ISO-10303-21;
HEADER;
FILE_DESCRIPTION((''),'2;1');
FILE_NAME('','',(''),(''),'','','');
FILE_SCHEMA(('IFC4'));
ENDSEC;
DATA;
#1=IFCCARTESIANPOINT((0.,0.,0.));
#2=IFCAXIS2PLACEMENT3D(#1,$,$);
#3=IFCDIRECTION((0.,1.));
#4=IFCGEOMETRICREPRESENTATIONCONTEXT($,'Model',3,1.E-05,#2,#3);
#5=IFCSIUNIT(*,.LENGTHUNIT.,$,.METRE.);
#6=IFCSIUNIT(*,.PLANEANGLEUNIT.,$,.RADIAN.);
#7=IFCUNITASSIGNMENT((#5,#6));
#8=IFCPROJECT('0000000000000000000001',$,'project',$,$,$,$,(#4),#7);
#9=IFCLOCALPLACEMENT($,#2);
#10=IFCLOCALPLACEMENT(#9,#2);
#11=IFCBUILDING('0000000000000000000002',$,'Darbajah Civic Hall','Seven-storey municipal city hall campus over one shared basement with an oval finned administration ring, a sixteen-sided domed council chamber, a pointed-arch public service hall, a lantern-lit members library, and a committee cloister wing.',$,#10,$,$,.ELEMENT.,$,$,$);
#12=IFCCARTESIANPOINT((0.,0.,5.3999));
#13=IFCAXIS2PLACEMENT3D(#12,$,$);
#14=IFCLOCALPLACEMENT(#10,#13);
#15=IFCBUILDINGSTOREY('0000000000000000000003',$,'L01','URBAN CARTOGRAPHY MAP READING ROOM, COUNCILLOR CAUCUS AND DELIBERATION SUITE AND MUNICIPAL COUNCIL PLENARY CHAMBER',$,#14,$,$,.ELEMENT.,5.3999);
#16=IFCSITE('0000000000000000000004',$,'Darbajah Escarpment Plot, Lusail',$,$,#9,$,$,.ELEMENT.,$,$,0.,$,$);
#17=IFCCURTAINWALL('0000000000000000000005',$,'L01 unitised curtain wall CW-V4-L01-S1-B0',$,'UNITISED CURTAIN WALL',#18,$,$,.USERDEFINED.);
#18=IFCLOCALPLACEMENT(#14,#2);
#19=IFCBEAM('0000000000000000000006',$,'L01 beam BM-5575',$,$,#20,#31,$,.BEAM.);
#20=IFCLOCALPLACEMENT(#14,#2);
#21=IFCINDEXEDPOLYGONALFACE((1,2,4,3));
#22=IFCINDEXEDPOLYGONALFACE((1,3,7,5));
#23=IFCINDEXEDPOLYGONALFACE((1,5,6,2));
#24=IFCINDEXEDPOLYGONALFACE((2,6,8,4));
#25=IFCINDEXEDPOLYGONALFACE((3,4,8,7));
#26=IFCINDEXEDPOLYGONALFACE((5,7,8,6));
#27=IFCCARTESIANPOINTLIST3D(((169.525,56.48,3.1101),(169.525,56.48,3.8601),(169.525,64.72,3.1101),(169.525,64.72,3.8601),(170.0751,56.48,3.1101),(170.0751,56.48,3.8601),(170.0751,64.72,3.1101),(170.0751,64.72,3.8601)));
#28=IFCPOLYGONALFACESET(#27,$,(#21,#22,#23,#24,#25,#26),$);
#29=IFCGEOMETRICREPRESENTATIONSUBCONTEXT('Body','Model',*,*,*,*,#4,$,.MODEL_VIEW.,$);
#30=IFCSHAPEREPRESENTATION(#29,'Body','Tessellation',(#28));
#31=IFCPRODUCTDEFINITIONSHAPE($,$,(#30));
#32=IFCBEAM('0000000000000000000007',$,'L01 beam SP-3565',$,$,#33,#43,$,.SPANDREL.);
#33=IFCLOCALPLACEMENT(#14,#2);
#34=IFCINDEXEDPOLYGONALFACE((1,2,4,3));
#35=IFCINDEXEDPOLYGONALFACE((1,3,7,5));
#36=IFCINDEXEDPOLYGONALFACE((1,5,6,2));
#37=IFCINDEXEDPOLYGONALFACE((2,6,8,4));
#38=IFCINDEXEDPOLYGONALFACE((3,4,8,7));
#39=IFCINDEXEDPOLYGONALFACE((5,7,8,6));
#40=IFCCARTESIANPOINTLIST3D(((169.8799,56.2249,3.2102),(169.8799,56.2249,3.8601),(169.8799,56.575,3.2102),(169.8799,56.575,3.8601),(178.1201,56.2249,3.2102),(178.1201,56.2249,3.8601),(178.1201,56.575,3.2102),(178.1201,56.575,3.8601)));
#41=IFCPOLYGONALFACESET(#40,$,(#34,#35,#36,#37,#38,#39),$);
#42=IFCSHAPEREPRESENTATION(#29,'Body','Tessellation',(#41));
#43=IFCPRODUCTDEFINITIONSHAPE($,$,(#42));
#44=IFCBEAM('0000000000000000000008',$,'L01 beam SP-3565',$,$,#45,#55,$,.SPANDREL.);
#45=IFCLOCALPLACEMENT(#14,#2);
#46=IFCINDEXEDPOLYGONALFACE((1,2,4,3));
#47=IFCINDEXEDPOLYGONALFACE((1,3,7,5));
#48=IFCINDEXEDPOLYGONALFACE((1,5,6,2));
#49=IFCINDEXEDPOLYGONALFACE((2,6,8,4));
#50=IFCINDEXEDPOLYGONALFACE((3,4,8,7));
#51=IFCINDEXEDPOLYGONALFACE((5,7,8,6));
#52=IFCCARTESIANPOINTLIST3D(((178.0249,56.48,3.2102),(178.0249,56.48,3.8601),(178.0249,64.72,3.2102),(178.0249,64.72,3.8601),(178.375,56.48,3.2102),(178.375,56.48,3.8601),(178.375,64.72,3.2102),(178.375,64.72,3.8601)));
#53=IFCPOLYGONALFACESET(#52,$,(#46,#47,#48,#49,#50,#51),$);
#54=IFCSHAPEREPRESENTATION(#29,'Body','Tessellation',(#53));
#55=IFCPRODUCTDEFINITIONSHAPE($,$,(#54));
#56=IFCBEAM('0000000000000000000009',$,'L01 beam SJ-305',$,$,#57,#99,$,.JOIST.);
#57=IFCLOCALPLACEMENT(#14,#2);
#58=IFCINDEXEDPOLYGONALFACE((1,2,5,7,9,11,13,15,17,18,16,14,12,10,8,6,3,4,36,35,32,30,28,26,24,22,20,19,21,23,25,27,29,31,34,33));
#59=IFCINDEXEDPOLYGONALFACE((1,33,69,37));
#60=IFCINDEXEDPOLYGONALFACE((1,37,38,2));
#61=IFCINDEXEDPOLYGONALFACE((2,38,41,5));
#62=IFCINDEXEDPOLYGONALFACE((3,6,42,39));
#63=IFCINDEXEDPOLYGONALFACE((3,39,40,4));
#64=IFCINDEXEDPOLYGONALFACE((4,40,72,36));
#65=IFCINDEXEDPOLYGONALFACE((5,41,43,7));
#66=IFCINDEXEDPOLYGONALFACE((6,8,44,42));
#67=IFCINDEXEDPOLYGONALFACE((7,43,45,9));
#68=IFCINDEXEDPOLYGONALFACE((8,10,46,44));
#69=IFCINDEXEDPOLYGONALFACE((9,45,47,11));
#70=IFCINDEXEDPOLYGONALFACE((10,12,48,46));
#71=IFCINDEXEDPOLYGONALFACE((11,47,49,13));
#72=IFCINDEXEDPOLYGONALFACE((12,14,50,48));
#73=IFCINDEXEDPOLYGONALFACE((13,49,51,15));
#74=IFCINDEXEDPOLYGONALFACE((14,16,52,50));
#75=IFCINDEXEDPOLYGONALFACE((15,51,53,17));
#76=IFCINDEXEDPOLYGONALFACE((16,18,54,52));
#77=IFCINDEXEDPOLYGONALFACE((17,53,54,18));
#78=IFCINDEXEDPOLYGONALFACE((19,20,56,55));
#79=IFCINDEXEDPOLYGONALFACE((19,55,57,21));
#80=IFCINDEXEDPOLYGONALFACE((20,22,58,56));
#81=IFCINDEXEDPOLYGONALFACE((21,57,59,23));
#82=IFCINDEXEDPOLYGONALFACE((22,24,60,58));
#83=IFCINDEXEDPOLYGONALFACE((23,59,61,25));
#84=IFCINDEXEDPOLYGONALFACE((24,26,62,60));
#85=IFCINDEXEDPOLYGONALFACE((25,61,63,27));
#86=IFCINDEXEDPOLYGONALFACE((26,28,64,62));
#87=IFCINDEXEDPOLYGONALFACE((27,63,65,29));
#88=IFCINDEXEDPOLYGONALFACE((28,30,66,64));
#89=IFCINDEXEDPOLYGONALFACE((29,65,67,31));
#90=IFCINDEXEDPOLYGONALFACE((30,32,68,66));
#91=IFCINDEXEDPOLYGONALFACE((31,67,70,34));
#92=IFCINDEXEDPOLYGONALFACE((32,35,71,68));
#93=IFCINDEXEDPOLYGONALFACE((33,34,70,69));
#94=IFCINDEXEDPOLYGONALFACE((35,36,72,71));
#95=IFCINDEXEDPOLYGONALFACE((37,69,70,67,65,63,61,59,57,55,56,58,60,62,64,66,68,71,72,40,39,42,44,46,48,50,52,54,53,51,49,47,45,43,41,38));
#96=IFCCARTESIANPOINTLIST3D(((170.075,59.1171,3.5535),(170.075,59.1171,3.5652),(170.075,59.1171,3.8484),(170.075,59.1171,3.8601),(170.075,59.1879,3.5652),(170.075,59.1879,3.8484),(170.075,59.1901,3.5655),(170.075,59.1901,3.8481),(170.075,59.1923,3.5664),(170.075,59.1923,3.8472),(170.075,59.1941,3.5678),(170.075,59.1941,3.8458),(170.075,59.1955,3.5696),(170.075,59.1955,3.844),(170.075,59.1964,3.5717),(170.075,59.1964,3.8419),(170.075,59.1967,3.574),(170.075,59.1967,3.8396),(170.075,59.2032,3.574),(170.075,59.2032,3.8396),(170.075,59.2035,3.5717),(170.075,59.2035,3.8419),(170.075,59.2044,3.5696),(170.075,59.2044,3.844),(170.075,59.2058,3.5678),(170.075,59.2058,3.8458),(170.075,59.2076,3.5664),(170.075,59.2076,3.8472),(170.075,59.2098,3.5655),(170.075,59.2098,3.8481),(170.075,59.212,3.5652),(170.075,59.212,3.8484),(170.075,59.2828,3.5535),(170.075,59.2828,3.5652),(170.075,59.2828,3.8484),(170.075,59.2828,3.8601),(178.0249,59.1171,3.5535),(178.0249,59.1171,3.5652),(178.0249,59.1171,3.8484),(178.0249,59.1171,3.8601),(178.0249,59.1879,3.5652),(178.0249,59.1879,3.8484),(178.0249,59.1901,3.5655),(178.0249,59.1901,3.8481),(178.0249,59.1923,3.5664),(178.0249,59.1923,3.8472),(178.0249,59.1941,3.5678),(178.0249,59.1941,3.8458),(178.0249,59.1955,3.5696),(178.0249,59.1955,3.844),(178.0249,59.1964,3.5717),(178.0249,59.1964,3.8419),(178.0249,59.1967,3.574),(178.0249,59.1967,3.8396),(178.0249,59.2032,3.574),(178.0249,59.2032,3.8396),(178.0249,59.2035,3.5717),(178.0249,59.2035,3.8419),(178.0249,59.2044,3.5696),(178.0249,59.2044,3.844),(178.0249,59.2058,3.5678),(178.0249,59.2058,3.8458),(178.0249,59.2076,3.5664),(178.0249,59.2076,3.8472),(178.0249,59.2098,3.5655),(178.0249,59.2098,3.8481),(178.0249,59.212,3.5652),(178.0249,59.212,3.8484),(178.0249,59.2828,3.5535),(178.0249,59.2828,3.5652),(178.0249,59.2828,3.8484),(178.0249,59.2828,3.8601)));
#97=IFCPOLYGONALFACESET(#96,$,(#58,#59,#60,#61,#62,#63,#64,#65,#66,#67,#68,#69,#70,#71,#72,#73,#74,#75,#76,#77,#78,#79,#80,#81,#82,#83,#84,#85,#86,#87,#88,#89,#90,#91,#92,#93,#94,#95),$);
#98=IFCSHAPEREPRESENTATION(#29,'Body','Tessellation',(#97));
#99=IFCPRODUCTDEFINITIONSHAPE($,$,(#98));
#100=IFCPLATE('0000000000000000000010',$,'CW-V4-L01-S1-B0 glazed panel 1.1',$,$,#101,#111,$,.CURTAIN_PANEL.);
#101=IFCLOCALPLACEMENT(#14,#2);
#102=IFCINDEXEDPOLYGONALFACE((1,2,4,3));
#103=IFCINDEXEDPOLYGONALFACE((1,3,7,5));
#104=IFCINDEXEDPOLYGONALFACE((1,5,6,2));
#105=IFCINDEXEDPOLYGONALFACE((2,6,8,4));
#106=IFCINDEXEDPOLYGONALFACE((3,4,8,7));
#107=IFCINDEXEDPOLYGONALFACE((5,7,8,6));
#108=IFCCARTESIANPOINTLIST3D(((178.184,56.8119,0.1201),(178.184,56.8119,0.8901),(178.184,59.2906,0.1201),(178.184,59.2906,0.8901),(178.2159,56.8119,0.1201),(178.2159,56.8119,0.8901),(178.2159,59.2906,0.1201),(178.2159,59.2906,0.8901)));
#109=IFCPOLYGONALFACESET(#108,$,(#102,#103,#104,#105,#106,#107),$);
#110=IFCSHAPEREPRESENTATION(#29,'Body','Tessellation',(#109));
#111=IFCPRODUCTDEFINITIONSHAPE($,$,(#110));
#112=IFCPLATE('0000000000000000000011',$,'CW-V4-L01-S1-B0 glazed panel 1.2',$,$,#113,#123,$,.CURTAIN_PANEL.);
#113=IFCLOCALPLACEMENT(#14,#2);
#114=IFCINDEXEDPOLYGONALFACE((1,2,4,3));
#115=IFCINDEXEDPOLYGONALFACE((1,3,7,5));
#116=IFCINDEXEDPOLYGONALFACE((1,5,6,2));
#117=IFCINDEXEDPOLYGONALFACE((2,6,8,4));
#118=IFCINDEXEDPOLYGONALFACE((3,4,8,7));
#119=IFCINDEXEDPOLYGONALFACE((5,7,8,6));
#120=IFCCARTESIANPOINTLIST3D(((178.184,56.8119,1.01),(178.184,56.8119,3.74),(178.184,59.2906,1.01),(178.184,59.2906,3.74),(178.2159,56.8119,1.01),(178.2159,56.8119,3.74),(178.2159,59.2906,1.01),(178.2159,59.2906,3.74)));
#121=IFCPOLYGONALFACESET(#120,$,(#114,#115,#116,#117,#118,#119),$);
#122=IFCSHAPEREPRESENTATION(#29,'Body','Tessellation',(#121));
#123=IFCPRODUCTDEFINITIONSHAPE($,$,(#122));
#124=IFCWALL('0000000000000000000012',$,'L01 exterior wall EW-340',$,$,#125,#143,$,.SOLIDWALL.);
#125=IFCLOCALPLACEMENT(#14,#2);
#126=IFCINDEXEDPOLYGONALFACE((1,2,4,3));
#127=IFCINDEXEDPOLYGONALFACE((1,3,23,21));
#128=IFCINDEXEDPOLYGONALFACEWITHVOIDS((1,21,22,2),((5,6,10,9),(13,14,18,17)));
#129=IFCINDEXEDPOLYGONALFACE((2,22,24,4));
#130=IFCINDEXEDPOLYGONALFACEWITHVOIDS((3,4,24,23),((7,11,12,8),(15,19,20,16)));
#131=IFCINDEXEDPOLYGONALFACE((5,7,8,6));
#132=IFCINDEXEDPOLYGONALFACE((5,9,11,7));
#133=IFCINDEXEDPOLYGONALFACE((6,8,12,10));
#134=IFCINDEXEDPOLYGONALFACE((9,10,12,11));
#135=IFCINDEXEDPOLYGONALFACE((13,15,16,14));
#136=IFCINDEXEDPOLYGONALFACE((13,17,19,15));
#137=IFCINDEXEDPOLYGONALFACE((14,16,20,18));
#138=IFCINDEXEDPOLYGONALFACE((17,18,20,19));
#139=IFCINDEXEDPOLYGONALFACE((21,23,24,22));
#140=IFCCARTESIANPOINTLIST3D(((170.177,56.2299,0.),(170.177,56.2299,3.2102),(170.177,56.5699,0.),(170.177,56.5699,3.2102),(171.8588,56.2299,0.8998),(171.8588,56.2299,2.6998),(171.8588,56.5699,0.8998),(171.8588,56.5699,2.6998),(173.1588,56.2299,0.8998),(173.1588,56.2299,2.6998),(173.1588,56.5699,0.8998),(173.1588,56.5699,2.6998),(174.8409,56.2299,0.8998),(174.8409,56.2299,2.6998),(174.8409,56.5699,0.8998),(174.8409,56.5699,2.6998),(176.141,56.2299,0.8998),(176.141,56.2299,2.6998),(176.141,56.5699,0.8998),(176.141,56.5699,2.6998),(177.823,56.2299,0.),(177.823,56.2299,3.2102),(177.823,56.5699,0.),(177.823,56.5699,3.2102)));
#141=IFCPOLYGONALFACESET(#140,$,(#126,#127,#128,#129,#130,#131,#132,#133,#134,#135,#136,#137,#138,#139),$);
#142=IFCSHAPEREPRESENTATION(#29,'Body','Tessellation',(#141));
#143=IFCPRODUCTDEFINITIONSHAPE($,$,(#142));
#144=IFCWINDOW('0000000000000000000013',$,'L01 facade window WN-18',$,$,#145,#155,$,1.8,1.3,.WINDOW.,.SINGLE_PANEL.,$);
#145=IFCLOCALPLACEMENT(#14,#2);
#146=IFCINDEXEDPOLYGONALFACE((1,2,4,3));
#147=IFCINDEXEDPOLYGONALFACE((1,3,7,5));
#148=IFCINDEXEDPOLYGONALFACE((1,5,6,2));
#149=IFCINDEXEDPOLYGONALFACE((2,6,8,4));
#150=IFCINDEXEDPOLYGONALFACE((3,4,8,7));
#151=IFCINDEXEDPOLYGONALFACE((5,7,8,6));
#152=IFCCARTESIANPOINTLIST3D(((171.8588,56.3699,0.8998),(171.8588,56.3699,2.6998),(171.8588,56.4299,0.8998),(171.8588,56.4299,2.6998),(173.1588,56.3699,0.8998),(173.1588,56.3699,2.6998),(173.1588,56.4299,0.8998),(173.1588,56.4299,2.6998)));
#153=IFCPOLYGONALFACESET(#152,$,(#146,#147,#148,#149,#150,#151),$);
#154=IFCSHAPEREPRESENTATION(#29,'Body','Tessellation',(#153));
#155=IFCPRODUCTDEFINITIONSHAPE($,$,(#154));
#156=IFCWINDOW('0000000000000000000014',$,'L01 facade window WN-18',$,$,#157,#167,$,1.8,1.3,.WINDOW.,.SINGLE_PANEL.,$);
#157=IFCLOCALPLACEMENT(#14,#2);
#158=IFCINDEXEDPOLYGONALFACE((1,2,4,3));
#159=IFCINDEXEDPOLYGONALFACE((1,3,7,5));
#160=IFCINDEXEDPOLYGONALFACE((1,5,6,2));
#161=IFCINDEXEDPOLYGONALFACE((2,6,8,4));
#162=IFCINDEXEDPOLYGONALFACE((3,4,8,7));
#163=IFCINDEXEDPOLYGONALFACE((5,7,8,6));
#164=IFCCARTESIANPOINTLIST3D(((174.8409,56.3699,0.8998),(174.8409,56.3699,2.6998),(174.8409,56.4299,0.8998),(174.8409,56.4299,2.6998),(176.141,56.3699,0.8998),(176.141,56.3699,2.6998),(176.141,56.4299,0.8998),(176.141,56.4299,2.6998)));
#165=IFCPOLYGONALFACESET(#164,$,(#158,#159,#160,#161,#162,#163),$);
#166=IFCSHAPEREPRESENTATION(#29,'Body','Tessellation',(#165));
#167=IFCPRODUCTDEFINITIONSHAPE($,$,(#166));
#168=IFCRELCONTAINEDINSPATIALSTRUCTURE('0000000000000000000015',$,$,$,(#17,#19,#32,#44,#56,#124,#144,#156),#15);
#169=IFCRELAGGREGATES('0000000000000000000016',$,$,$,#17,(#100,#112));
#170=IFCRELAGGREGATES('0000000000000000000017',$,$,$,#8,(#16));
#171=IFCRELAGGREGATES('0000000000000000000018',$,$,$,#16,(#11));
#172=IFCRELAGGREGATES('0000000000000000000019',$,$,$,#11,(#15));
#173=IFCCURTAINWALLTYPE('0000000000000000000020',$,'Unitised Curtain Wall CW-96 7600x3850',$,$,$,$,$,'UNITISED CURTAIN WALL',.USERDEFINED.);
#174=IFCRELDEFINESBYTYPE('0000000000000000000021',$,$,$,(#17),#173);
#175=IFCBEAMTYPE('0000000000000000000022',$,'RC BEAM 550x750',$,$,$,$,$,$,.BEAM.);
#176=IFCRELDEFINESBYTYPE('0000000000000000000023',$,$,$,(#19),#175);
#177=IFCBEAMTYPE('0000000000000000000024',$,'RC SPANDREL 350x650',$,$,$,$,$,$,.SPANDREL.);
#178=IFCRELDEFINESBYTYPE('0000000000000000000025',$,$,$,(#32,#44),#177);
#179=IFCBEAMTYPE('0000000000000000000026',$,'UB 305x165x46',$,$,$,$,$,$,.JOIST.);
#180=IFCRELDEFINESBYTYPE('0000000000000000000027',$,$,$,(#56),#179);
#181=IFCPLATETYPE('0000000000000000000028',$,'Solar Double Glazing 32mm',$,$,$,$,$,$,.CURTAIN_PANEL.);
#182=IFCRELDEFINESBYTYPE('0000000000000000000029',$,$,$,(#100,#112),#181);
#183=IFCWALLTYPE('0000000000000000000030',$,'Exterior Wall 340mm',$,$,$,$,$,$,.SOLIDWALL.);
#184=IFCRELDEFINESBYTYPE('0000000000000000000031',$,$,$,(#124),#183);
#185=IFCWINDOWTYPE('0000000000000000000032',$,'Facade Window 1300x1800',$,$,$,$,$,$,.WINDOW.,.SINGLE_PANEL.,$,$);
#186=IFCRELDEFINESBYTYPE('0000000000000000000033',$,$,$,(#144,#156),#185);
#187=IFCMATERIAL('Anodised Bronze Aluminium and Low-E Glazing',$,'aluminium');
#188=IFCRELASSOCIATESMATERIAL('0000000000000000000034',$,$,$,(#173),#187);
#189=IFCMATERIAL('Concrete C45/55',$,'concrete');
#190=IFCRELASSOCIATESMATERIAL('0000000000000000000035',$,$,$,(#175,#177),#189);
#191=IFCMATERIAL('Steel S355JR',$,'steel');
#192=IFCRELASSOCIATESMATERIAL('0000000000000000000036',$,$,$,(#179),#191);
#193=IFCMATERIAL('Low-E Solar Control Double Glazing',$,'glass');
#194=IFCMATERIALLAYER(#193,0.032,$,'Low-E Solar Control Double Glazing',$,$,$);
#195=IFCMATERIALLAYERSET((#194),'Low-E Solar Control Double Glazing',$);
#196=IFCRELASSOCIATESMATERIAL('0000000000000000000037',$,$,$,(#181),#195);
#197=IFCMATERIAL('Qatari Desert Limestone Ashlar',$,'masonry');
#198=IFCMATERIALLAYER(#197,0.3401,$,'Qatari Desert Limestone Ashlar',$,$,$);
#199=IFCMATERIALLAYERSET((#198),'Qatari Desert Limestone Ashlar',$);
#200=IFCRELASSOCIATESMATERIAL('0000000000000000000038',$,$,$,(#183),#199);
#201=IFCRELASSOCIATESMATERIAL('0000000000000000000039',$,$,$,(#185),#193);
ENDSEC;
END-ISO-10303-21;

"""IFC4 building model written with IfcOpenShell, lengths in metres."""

from ifc_helpers import new_model, si_unit, direction, frame, frame_2d, origin, origin_2d, place, context, subcontext, project, spatial, rectangle, i_section, extrude, material, layer, layer_set, material_profile, profile_set, type_object, element, fill, aggregate, save


model = new_model("IFC4")

# Units and contexts
model_context = context("Model", 3, precision=1e-05, world=origin(), true_north=direction((0.0, 1.0)))
body_context = subcontext(model_context, "Body", "Model", "MODEL_VIEW")
ifc_project = project(units=[si_unit("LENGTHUNIT", "METRE"), si_unit("PLANEANGLEUNIT", "RADIAN")], contexts=[model_context])

# Site, building, storey
site_placement = place(None, origin())
site = spatial("IfcSite", under=ifc_project, at=site_placement, Name="Darbajah Escarpment Plot, Lusail", CompositionType="ELEMENT", RefElevation=0.0)
building_placement = place(site_placement, origin())
building = spatial("IfcBuilding", under=site, at=building_placement, Name="Darbajah Civic Hall", Description="Seven-storey municipal city hall campus over one shared basement with an oval finned administration ring, a sixteen-sided domed council chamber, a pointed-arch public service hall, a lantern-lit members library, and a committee cloister wing.", CompositionType="ELEMENT")
storey_placement = place(building_placement, frame((0.0, 0.0, 5.3999)))
storey = spatial("IfcBuildingStorey", under=building, at=storey_placement, Name="L01", Description="URBAN CARTOGRAPHY MAP READING ROOM, COUNCILLOR CAUCUS AND DELIBERATION SUITE AND MUNICIPAL COUNCIL PLENARY CHAMBER", CompositionType="ELEMENT", Elevation=5.3999)

# Shared definitions
ifc_material_1 = material(Name="Concrete C45/55", Category="concrete")

# Curtain wall
ifc_material_2 = material(Name="Anodised Bronze Aluminium and Low-E Glazing", Category="aluminium")
curtain_wall_type = type_object("IfcCurtainWallType", Name="Unitised Curtain Wall CW-96 7600x3850", ElementType="UNITISED CURTAIN WALL", PredefinedType="USERDEFINED", material=ifc_material_2)
curtain_wall_placement = place(storey_placement, origin())
curtain_wall = element("IfcCurtainWall", 1, at=curtain_wall_placement, inside=storey, type_object=curtain_wall_type, Name="L01 unitised curtain wall CW-V4-L01-S1-B0", ObjectType="UNITISED CURTAIN WALL", PredefinedType="USERDEFINED")

# Beams
ifc_material_profile_1 = material_profile(ifc_material_1, rectangle(XDim=0.55, YDim=0.75, at=origin_2d()), Name="RC BEAM 550x750")
ifc_profile_set_1 = profile_set([ifc_material_profile_1], Name="Concrete C45/55")
beam_type_1 = type_object("IfcBeamType", Name="RC BEAM 550x750", PredefinedType="BEAM", material=ifc_profile_set_1)
beam_1_placement = place(storey_placement, frame((169.8, 56.48, 3.4851), z_axis=(0.0, 1.0, 0.0), x_axis=(-1.0, 0.0, 0.0)))
element("IfcBeam", 2, at=beam_1_placement, inside=storey, type_object=beam_type_1, Name="L01 beam BM-5575", PredefinedType="BEAM", context=body_context, shape_type="SweptSolid", body=[
    extrude(rectangle(XDim=0.55, YDim=0.75, at=origin_2d()), origin(), (0.0, 0.0, 1.0), 8.24),
])
ifc_material_profile_2 = material_profile(ifc_material_1, rectangle(XDim=0.3501, YDim=0.6499, at=origin_2d()), Name="RC SPANDREL 350x650")
ifc_profile_set_2 = profile_set([ifc_material_profile_2], Name="Concrete C45/55")
beam_type_2 = type_object("IfcBeamType", Name="RC SPANDREL 350x650", PredefinedType="SPANDREL", material=ifc_profile_set_2)
beam_2_placement = place(storey_placement, frame((169.8799, 56.3999, 3.5352), z_axis=(1.0, 0.0, 0.0), x_axis=(0.0, 1.0, 0.0)))
element("IfcBeam", 3, at=beam_2_placement, inside=storey, type_object=beam_type_2, Name="L01 beam SP-3565", PredefinedType="SPANDREL", context=body_context, shape_type="SweptSolid", body=[
    extrude(rectangle(XDim=0.3501, YDim=0.6499, at=origin_2d()), origin(), (0.0, 0.0, 1.0), 8.2402),
])
beam_3_placement = place(storey_placement, frame((178.2, 56.48, 3.5352), z_axis=(0.0, 1.0, 0.0), x_axis=(-1.0, 0.0, 0.0)))
element("IfcBeam", 4, at=beam_3_placement, inside=storey, type_object=beam_type_2, Name="L01 beam SP-3565", PredefinedType="SPANDREL", context=body_context, shape_type="SweptSolid", body=[
    extrude(rectangle(XDim=0.3501, YDim=0.6499, at=origin_2d()), origin(), (0.0, 0.0, 1.0), 8.24),
])
ifc_material_3 = material(Name="Steel S355JR", Category="steel")
ifc_material_profile_3 = material_profile(ifc_material_3, i_section(OverallWidth=0.1658, OverallDepth=0.3066, WebThickness=0.0066, FlangeThickness=0.0117, FilletRadius=0.0088, at=origin_2d()), Name="UB 305x165x46")
ifc_profile_set_3 = profile_set([ifc_material_profile_3], Name="Steel S355JR")
beam_type_3 = type_object("IfcBeamType", Name="UB 305x165x46", PredefinedType="JOIST", material=ifc_profile_set_3)
beam_4_placement = place(storey_placement, frame((170.075, 59.2, 3.7068), z_axis=(1.0, 0.0, 0.0), x_axis=(0.0, 1.0, 0.0)))
element("IfcBeam", 5, at=beam_4_placement, inside=storey, type_object=beam_type_3, Name="L01 beam SJ-305", PredefinedType="JOIST", context=body_context, shape_type="SweptSolid", body=[
    extrude(i_section(OverallWidth=0.1658, OverallDepth=0.3066, WebThickness=0.0066, FlangeThickness=0.0117, FilletRadius=0.0088, at=origin_2d()), origin(), (0.0, 0.0, 1.0), 7.95),
])

# Plates
ifc_material_4 = material(Name="Low-E Solar Control Double Glazing", Category="glass")
ifc_layer_1 = layer(ifc_material_4, 0.032, Name="Low-E Solar Control Double Glazing")
ifc_layer_set_1 = layer_set([ifc_layer_1], Name="Low-E Solar Control Double Glazing")
plate_type = type_object("IfcPlateType", Name="Solar Double Glazing 32mm", PredefinedType="CURTAIN_PANEL", material=ifc_layer_set_1)
plate_1_placement = place(storey_placement, frame((178.2, 58.0513, 0.1201), z_axis=(0.0, 0.0, 1.0), x_axis=(0.0, 1.0, 0.0)))
plate_1 = element("IfcPlate", 6, at=plate_1_placement, type_object=plate_type, Name="CW-V4-L01-S1-B0 glazed panel 1.1", PredefinedType="CURTAIN_PANEL", context=body_context, shape_type="SweptSolid", body=[
    extrude(rectangle(XDim=2.4788, YDim=0.032, at=origin_2d()), origin(), (0.0, 0.0, 1.0), 0.77),
])
plate_2_placement = place(storey_placement, frame((178.2, 58.0513, 1.01), z_axis=(0.0, 0.0, 1.0), x_axis=(0.0, 1.0, 0.0)))
plate_2 = element("IfcPlate", 7, at=plate_2_placement, type_object=plate_type, Name="CW-V4-L01-S1-B0 glazed panel 1.2", PredefinedType="CURTAIN_PANEL", context=body_context, shape_type="SweptSolid", body=[
    extrude(rectangle(XDim=2.4788, YDim=0.032, at=origin_2d()), origin(), (0.0, 0.0, 1.0), 2.73),
])
aggregate(curtain_wall, [plate_1, plate_2])

# Wall, openings, windows
ifc_material_5 = material(Name="Qatari Desert Limestone Ashlar", Category="masonry")
ifc_layer_2 = layer(ifc_material_5, 0.3401, Name="Qatari Desert Limestone Ashlar")
ifc_layer_set_2 = layer_set([ifc_layer_2], Name="Qatari Desert Limestone Ashlar")
wall_type_1 = type_object("IfcWallType", Name="Exterior Wall 340mm", PredefinedType="SOLIDWALL", material=ifc_layer_set_2)
wall_1_placement = place(storey_placement, frame((170.177, 56.3999, 0.0), z_axis=(0.0, 0.0, 1.0), x_axis=(1.0, 0.0, 0.0)))
wall_1 = element("IfcWall", 8, at=wall_1_placement, inside=storey, type_object=wall_type_1, Name="L01 exterior wall EW-340", PredefinedType="SOLIDWALL", context=body_context, shape_type="SweptSolid", body=[
    extrude(rectangle(XDim=7.646, YDim=0.3401, at=frame_2d((3.823, 0.0))), origin(), (0.0, 0.0, 1.0), 3.2102),
])
opening_1_placement = place(wall_1_placement, frame((1.6819, 0.0, 0.8999)))
opening_1 = element("IfcOpeningElement", 9, at=opening_1_placement, cuts=wall_1, PredefinedType="OPENING", context=body_context, shape_type="SweptSolid", body=[
    extrude(rectangle(XDim=1.3, YDim=1.8, at=frame_2d((0.6499, 0.8999))), frame((0.0, 0.1799, 0.0), z_axis=(0.0, -1.0, 0.0), x_axis=(1.0, 0.0, 0.0)), (0.0, 0.0, 1.0), 0.3601),
])
opening_2_placement = place(wall_1_placement, frame((4.6641, 0.0, 0.8999)))
opening_2 = element("IfcOpeningElement", 10, at=opening_2_placement, cuts=wall_1, PredefinedType="OPENING", context=body_context, shape_type="SweptSolid", body=[
    extrude(rectangle(XDim=1.3, YDim=1.8, at=frame_2d((0.6499, 0.8999))), frame((0.0, 0.1799, 0.0), z_axis=(0.0, -1.0, 0.0), x_axis=(1.0, 0.0, 0.0)), (0.0, 0.0, 1.0), 0.3601),
])
window_type_1 = type_object("IfcWindowType", Name="Facade Window 1300x1800", PartitioningType="SINGLE_PANEL", PredefinedType="WINDOW", material=ifc_material_4)
window_1_placement = place(opening_1_placement, origin())
window_1 = element("IfcWindow", 11, at=window_1_placement, inside=storey, type_object=window_type_1, Name="L01 facade window WN-18", OverallHeight=1.8, OverallWidth=1.3, PartitioningType="SINGLE_PANEL", PredefinedType="WINDOW", context=body_context, shape_type="SweptSolid", body=[
    extrude(rectangle(XDim=1.3, YDim=1.8, at=frame_2d((0.6499, 0.8999))), frame((0.0, 0.03, 0.0), z_axis=(0.0, -1.0, 0.0), x_axis=(1.0, 0.0, 0.0)), (0.0, 0.0, 1.0), 0.0601),
])
fill(opening_1, window_1)
window_2_placement = place(opening_2_placement, origin())
window_2 = element("IfcWindow", 12, at=window_2_placement, inside=storey, type_object=window_type_1, Name="L01 facade window WN-18", OverallHeight=1.8, OverallWidth=1.3, PartitioningType="SINGLE_PANEL", PredefinedType="WINDOW", context=body_context, shape_type="SweptSolid", body=[
    extrude(rectangle(XDim=1.3, YDim=1.8, at=frame_2d((0.6499, 0.8999))), frame((0.0, 0.03, 0.0), z_axis=(0.0, -1.0, 0.0), x_axis=(1.0, 0.0, 0.0)), (0.0, 0.0, 1.0), 0.0601),
])
fill(opening_2, window_2)

save(model, "model.ifc")
